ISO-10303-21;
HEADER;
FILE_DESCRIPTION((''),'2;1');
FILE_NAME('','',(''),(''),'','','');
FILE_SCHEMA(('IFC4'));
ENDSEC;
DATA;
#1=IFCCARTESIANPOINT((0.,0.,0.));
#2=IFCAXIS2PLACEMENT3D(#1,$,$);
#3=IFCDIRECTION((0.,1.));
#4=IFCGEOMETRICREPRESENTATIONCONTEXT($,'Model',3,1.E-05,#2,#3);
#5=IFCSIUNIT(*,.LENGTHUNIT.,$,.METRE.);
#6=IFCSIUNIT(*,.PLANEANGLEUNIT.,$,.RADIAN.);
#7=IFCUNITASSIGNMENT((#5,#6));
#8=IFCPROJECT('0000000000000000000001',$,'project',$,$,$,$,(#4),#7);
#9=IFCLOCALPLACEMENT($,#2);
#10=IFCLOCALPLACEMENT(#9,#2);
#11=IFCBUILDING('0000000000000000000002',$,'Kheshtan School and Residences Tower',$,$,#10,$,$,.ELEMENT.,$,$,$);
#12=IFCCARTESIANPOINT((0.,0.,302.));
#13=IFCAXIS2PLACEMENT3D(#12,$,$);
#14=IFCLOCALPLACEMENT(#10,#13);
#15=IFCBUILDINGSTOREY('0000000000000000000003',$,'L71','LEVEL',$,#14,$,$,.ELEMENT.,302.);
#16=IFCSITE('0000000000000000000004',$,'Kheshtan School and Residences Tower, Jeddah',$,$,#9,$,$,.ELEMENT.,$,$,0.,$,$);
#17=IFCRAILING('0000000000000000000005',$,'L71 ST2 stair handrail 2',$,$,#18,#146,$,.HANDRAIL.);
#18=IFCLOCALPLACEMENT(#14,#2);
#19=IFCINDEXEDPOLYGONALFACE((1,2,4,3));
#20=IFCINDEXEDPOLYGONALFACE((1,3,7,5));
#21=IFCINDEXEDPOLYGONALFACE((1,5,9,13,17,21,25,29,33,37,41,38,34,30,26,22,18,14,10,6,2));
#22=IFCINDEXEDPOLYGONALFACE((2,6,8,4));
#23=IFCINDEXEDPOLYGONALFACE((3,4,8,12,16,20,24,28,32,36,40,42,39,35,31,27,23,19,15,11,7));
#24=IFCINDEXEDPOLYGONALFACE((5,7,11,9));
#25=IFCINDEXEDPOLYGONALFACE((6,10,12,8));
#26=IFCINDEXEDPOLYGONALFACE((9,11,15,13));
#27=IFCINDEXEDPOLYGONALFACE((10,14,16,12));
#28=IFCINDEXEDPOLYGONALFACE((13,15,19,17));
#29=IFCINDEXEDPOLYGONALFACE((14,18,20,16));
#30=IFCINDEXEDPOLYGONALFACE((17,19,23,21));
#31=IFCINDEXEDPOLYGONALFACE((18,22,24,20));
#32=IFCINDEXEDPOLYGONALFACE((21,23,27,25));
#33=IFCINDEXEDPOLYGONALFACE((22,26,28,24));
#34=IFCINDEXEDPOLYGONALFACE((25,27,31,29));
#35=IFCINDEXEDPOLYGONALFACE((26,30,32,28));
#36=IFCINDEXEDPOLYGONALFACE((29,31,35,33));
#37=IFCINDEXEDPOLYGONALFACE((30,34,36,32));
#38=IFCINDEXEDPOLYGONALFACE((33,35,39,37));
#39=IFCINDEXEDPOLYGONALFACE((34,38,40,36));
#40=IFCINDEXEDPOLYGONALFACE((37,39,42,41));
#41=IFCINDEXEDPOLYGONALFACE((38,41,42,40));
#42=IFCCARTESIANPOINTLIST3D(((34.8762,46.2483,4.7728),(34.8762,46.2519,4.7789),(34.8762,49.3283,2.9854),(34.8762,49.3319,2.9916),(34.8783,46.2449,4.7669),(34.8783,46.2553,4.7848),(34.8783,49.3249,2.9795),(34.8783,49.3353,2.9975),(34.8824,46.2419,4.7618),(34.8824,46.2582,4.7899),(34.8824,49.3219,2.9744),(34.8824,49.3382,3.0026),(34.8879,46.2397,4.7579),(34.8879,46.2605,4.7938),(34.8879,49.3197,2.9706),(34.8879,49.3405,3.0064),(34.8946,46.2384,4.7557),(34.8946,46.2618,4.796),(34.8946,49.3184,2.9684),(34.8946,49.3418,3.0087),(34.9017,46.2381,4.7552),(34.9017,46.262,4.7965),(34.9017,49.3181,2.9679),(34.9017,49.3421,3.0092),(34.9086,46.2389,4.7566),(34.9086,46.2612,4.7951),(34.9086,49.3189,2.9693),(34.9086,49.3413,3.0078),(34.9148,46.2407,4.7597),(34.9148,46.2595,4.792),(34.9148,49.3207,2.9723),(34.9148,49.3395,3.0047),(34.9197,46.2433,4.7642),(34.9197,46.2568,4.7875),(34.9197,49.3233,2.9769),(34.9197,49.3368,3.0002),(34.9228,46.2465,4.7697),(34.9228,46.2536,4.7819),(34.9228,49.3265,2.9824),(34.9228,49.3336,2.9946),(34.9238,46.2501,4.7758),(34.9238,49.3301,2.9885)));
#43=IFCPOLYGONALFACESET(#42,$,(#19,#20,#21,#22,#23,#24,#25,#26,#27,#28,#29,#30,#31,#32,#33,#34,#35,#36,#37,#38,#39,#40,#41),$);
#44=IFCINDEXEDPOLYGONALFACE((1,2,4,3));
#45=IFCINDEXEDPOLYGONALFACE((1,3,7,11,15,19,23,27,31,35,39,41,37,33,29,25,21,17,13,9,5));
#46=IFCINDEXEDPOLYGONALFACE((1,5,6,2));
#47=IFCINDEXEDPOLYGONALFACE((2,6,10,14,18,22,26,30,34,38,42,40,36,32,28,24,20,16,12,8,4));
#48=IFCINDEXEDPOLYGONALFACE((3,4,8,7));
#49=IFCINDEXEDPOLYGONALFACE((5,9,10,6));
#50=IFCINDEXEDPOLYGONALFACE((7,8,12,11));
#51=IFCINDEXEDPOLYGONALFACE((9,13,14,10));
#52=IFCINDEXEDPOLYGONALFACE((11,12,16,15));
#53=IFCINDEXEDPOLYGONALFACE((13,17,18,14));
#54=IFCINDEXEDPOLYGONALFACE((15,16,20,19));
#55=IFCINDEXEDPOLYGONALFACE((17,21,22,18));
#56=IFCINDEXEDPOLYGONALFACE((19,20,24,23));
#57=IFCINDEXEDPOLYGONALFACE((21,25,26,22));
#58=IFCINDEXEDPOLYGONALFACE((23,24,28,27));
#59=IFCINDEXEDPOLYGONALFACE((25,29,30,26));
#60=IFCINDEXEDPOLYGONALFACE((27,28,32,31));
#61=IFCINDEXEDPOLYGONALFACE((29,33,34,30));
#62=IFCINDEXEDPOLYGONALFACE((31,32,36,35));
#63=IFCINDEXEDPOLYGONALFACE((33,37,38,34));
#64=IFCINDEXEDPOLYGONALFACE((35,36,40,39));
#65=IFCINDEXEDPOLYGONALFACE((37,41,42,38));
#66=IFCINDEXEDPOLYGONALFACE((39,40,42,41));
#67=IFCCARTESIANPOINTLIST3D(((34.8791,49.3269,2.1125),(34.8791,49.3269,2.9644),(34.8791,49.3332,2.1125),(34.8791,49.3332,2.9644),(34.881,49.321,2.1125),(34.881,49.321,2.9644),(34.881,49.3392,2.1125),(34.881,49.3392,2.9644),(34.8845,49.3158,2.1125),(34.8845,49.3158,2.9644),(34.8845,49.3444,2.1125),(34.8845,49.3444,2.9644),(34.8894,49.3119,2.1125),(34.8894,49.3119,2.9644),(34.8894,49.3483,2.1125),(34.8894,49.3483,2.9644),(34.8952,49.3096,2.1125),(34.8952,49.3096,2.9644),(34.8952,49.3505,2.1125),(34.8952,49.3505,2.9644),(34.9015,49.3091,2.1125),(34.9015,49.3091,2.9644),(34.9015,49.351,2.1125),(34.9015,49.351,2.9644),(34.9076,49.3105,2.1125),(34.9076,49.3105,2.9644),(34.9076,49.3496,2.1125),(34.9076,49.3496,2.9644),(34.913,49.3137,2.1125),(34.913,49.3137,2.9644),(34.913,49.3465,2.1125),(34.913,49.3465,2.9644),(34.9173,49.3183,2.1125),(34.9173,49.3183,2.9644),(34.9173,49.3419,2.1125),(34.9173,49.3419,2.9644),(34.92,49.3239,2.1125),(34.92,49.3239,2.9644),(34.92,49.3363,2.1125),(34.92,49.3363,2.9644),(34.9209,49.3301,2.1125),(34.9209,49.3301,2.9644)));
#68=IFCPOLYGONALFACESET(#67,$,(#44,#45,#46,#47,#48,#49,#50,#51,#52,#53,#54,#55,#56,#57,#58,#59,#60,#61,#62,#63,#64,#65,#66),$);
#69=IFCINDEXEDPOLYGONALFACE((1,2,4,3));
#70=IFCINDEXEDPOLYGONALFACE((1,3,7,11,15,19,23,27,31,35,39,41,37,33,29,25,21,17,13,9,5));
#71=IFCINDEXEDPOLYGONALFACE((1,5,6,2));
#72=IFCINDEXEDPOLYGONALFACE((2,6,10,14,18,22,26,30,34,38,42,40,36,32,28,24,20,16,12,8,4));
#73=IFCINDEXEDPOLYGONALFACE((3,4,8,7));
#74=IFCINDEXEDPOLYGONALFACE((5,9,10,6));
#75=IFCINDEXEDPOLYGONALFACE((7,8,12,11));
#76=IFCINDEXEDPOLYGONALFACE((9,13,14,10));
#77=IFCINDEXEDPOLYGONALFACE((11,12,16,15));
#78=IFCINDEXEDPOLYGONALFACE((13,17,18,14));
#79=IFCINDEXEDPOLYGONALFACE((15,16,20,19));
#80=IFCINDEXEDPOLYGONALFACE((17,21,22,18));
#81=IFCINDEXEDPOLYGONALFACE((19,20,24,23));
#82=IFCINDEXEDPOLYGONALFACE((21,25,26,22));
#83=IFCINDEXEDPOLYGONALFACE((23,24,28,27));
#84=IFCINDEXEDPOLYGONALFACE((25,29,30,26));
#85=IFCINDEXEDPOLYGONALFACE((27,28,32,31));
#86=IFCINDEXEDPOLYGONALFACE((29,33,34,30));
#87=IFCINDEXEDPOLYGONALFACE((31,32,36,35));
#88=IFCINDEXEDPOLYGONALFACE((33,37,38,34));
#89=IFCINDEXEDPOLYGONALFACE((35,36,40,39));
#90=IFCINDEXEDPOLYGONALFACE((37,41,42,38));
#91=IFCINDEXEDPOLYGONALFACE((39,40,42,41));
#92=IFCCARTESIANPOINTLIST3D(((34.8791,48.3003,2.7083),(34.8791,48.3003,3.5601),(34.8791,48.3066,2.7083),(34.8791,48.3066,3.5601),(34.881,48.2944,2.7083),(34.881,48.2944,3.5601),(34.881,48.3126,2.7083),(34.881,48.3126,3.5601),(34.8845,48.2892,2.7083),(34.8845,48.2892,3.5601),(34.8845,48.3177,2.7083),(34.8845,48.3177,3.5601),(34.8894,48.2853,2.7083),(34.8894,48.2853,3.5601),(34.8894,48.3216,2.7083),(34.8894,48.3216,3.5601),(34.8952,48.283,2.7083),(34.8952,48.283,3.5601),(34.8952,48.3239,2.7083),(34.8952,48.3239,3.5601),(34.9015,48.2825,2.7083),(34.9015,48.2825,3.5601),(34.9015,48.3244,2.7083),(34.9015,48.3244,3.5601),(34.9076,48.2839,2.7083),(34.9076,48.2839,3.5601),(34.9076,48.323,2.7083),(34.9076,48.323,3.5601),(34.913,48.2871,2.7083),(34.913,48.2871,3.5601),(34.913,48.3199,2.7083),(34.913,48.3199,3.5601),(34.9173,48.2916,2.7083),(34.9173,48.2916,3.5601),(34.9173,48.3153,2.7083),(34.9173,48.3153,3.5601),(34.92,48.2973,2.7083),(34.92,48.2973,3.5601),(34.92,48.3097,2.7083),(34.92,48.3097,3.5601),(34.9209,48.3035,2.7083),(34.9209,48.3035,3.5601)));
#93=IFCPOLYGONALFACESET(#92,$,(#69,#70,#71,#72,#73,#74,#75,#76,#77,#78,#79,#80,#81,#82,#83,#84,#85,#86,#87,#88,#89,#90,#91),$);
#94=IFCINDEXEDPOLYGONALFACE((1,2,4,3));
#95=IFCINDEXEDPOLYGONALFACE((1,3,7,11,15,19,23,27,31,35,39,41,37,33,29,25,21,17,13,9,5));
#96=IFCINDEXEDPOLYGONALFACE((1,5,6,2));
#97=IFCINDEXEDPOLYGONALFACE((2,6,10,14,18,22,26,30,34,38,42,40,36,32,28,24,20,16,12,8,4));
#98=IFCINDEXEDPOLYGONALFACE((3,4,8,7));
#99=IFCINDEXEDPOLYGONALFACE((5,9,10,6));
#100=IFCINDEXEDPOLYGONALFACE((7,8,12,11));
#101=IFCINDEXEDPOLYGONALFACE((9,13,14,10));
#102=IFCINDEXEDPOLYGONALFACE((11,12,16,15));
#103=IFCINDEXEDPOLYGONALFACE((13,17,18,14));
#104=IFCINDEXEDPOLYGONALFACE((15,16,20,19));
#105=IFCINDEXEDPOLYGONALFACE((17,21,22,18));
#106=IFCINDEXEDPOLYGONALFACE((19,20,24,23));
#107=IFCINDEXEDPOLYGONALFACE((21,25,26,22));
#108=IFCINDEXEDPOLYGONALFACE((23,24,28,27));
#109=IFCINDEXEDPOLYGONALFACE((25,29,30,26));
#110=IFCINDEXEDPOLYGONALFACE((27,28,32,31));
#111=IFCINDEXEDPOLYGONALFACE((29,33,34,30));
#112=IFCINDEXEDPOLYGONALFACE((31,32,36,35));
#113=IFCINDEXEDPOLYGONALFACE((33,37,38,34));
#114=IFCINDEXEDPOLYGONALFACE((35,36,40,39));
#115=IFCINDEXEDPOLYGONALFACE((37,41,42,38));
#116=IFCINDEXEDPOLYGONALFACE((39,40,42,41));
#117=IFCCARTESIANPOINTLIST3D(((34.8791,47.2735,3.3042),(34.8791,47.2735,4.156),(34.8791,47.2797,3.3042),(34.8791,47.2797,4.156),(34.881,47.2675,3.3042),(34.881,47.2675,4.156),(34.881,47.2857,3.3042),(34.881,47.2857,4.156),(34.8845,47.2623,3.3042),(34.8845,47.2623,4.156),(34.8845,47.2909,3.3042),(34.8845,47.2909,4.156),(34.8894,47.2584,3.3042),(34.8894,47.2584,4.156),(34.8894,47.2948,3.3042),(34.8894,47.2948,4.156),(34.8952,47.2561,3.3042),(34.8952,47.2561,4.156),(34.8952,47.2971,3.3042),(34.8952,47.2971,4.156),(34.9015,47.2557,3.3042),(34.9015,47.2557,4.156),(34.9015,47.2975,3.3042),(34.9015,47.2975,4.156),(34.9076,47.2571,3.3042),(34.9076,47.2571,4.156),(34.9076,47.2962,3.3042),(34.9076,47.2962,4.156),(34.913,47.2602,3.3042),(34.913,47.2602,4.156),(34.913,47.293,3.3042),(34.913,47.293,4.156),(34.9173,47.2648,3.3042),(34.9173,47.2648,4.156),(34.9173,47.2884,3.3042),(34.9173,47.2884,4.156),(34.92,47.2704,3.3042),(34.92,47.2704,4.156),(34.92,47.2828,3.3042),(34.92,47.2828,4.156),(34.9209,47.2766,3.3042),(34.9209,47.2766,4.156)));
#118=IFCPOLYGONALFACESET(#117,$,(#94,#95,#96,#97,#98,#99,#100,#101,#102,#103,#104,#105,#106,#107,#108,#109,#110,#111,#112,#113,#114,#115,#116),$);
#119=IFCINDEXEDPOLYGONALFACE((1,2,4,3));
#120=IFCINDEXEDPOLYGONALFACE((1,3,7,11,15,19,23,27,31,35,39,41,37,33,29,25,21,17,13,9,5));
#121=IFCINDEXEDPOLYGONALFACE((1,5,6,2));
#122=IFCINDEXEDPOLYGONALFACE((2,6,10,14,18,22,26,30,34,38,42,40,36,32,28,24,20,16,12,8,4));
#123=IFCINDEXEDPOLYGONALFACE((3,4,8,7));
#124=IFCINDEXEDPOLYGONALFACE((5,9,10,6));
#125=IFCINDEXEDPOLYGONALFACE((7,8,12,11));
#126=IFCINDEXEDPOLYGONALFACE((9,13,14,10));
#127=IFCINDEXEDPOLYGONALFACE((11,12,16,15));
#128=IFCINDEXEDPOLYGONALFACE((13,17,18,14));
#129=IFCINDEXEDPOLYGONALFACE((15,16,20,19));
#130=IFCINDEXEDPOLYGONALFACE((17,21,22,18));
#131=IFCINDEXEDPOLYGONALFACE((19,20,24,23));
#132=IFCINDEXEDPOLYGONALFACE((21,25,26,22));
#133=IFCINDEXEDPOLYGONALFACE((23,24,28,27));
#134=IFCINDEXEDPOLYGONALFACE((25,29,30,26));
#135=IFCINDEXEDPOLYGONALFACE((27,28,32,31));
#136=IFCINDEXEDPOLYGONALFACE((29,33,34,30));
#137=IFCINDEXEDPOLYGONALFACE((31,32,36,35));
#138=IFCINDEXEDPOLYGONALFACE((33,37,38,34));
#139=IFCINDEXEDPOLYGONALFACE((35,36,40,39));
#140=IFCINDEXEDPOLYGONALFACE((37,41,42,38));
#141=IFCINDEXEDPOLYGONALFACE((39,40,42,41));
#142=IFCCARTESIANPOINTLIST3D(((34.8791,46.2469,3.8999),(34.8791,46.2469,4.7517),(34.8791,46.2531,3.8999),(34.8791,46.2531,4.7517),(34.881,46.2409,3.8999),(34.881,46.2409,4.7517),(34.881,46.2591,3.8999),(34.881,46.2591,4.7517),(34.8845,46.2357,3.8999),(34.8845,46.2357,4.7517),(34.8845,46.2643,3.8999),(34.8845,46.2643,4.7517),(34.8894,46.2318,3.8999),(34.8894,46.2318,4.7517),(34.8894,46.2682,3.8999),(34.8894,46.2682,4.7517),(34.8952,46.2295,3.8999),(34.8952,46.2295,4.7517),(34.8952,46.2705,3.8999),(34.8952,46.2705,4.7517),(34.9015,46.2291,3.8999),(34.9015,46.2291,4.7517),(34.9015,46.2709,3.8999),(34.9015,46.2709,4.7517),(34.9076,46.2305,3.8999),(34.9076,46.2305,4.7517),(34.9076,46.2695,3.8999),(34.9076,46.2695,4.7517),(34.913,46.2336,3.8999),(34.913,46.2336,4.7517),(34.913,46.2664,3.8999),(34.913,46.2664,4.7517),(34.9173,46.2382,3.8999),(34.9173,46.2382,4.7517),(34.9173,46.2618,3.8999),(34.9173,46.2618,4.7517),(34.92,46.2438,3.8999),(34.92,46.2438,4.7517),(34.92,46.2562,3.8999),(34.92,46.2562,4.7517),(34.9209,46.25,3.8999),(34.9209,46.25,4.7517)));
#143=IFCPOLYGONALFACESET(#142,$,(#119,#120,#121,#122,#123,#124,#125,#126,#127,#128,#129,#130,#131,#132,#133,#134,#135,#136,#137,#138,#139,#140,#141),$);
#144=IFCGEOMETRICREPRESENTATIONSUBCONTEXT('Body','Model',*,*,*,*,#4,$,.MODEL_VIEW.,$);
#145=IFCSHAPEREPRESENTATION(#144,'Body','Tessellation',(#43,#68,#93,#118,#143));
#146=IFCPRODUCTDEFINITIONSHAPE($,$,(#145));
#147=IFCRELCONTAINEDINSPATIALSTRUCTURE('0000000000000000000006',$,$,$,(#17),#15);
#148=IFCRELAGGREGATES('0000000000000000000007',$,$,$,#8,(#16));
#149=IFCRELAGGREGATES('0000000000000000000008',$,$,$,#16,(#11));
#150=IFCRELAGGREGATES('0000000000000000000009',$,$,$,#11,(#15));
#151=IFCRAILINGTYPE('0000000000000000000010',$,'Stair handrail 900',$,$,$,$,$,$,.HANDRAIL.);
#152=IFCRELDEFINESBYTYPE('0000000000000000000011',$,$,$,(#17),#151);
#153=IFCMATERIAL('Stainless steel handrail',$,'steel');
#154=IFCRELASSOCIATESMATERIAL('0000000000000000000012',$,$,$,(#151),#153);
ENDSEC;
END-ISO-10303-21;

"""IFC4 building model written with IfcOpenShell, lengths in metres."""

from ifc_helpers import new_model, si_unit, direction, frame, origin, origin_2d, place, context, subcontext, project, spatial, circle, extrude, material, type_object, element, save


model = new_model("IFC4")

# Units and contexts
model_context = context("Model", 3, precision=1e-05, world=origin(), true_north=direction((0.0, 1.0)))
body_context = subcontext(model_context, "Body", "Model", "MODEL_VIEW")
ifc_project = project(units=[si_unit("LENGTHUNIT", "METRE"), si_unit("PLANEANGLEUNIT", "RADIAN")], contexts=[model_context])

# Site, building, storey
site_placement = place(None, origin())
site = spatial("IfcSite", under=ifc_project, at=site_placement, Name="Kheshtan School and Residences Tower, Jeddah", CompositionType="ELEMENT", RefElevation=0.0)
building_placement = place(site_placement, origin())
building = spatial("IfcBuilding", under=site, at=building_placement, Name="Kheshtan School and Residences Tower", CompositionType="ELEMENT")
storey_placement = place(building_placement, frame((0.0, 0.0, 302.0)))
storey = spatial("IfcBuildingStorey", under=building, at=storey_placement, Name="L71", Description="LEVEL", CompositionType="ELEMENT", Elevation=302.0)

# Railing
ifc_material_1 = material(Name="Stainless steel handrail", Category="steel")
railing_type_1 = type_object("IfcRailingType", Name="Stair handrail 900", PredefinedType="HANDRAIL", material=ifc_material_1)
railing_1_placement = place(storey_placement, frame((34.8999, 49.3301, 2.1125)))
element("IfcRailing", 1, at=railing_1_placement, inside=storey, type_object=railing_type_1, Name="L71 ST2 stair handrail 2", PredefinedType="HANDRAIL", context=body_context, shape_type="SweptSolid", body=[
    extrude(circle(Radius=0.0239, at=origin_2d()), frame((0.0, 0.0, 0.876), z_axis=(0.0, -0.86492, 0.501909), x_axis=(1.0, 0.0, 0.0)), (0.0, 0.0, 1.0), 3.561),
    extrude(circle(Radius=0.021, at=origin_2d()), origin(), (0.0, 0.0, 1.0), 0.8518),
    extrude(circle(Radius=0.021, at=origin_2d()), frame((0.0, -1.0266, 0.5957)), (0.0, 0.0, 1.0), 0.8518),
    extrude(circle(Radius=0.021, at=origin_2d()), frame((0.0, -2.0535, 1.1917)), (0.0, 0.0, 1.0), 0.8518),
    extrude(circle(Radius=0.021, at=origin_2d()), frame((0.0, -3.0801, 1.7874)), (0.0, 0.0, 1.0), 0.8518),
])

save(model, "model.ifc")
